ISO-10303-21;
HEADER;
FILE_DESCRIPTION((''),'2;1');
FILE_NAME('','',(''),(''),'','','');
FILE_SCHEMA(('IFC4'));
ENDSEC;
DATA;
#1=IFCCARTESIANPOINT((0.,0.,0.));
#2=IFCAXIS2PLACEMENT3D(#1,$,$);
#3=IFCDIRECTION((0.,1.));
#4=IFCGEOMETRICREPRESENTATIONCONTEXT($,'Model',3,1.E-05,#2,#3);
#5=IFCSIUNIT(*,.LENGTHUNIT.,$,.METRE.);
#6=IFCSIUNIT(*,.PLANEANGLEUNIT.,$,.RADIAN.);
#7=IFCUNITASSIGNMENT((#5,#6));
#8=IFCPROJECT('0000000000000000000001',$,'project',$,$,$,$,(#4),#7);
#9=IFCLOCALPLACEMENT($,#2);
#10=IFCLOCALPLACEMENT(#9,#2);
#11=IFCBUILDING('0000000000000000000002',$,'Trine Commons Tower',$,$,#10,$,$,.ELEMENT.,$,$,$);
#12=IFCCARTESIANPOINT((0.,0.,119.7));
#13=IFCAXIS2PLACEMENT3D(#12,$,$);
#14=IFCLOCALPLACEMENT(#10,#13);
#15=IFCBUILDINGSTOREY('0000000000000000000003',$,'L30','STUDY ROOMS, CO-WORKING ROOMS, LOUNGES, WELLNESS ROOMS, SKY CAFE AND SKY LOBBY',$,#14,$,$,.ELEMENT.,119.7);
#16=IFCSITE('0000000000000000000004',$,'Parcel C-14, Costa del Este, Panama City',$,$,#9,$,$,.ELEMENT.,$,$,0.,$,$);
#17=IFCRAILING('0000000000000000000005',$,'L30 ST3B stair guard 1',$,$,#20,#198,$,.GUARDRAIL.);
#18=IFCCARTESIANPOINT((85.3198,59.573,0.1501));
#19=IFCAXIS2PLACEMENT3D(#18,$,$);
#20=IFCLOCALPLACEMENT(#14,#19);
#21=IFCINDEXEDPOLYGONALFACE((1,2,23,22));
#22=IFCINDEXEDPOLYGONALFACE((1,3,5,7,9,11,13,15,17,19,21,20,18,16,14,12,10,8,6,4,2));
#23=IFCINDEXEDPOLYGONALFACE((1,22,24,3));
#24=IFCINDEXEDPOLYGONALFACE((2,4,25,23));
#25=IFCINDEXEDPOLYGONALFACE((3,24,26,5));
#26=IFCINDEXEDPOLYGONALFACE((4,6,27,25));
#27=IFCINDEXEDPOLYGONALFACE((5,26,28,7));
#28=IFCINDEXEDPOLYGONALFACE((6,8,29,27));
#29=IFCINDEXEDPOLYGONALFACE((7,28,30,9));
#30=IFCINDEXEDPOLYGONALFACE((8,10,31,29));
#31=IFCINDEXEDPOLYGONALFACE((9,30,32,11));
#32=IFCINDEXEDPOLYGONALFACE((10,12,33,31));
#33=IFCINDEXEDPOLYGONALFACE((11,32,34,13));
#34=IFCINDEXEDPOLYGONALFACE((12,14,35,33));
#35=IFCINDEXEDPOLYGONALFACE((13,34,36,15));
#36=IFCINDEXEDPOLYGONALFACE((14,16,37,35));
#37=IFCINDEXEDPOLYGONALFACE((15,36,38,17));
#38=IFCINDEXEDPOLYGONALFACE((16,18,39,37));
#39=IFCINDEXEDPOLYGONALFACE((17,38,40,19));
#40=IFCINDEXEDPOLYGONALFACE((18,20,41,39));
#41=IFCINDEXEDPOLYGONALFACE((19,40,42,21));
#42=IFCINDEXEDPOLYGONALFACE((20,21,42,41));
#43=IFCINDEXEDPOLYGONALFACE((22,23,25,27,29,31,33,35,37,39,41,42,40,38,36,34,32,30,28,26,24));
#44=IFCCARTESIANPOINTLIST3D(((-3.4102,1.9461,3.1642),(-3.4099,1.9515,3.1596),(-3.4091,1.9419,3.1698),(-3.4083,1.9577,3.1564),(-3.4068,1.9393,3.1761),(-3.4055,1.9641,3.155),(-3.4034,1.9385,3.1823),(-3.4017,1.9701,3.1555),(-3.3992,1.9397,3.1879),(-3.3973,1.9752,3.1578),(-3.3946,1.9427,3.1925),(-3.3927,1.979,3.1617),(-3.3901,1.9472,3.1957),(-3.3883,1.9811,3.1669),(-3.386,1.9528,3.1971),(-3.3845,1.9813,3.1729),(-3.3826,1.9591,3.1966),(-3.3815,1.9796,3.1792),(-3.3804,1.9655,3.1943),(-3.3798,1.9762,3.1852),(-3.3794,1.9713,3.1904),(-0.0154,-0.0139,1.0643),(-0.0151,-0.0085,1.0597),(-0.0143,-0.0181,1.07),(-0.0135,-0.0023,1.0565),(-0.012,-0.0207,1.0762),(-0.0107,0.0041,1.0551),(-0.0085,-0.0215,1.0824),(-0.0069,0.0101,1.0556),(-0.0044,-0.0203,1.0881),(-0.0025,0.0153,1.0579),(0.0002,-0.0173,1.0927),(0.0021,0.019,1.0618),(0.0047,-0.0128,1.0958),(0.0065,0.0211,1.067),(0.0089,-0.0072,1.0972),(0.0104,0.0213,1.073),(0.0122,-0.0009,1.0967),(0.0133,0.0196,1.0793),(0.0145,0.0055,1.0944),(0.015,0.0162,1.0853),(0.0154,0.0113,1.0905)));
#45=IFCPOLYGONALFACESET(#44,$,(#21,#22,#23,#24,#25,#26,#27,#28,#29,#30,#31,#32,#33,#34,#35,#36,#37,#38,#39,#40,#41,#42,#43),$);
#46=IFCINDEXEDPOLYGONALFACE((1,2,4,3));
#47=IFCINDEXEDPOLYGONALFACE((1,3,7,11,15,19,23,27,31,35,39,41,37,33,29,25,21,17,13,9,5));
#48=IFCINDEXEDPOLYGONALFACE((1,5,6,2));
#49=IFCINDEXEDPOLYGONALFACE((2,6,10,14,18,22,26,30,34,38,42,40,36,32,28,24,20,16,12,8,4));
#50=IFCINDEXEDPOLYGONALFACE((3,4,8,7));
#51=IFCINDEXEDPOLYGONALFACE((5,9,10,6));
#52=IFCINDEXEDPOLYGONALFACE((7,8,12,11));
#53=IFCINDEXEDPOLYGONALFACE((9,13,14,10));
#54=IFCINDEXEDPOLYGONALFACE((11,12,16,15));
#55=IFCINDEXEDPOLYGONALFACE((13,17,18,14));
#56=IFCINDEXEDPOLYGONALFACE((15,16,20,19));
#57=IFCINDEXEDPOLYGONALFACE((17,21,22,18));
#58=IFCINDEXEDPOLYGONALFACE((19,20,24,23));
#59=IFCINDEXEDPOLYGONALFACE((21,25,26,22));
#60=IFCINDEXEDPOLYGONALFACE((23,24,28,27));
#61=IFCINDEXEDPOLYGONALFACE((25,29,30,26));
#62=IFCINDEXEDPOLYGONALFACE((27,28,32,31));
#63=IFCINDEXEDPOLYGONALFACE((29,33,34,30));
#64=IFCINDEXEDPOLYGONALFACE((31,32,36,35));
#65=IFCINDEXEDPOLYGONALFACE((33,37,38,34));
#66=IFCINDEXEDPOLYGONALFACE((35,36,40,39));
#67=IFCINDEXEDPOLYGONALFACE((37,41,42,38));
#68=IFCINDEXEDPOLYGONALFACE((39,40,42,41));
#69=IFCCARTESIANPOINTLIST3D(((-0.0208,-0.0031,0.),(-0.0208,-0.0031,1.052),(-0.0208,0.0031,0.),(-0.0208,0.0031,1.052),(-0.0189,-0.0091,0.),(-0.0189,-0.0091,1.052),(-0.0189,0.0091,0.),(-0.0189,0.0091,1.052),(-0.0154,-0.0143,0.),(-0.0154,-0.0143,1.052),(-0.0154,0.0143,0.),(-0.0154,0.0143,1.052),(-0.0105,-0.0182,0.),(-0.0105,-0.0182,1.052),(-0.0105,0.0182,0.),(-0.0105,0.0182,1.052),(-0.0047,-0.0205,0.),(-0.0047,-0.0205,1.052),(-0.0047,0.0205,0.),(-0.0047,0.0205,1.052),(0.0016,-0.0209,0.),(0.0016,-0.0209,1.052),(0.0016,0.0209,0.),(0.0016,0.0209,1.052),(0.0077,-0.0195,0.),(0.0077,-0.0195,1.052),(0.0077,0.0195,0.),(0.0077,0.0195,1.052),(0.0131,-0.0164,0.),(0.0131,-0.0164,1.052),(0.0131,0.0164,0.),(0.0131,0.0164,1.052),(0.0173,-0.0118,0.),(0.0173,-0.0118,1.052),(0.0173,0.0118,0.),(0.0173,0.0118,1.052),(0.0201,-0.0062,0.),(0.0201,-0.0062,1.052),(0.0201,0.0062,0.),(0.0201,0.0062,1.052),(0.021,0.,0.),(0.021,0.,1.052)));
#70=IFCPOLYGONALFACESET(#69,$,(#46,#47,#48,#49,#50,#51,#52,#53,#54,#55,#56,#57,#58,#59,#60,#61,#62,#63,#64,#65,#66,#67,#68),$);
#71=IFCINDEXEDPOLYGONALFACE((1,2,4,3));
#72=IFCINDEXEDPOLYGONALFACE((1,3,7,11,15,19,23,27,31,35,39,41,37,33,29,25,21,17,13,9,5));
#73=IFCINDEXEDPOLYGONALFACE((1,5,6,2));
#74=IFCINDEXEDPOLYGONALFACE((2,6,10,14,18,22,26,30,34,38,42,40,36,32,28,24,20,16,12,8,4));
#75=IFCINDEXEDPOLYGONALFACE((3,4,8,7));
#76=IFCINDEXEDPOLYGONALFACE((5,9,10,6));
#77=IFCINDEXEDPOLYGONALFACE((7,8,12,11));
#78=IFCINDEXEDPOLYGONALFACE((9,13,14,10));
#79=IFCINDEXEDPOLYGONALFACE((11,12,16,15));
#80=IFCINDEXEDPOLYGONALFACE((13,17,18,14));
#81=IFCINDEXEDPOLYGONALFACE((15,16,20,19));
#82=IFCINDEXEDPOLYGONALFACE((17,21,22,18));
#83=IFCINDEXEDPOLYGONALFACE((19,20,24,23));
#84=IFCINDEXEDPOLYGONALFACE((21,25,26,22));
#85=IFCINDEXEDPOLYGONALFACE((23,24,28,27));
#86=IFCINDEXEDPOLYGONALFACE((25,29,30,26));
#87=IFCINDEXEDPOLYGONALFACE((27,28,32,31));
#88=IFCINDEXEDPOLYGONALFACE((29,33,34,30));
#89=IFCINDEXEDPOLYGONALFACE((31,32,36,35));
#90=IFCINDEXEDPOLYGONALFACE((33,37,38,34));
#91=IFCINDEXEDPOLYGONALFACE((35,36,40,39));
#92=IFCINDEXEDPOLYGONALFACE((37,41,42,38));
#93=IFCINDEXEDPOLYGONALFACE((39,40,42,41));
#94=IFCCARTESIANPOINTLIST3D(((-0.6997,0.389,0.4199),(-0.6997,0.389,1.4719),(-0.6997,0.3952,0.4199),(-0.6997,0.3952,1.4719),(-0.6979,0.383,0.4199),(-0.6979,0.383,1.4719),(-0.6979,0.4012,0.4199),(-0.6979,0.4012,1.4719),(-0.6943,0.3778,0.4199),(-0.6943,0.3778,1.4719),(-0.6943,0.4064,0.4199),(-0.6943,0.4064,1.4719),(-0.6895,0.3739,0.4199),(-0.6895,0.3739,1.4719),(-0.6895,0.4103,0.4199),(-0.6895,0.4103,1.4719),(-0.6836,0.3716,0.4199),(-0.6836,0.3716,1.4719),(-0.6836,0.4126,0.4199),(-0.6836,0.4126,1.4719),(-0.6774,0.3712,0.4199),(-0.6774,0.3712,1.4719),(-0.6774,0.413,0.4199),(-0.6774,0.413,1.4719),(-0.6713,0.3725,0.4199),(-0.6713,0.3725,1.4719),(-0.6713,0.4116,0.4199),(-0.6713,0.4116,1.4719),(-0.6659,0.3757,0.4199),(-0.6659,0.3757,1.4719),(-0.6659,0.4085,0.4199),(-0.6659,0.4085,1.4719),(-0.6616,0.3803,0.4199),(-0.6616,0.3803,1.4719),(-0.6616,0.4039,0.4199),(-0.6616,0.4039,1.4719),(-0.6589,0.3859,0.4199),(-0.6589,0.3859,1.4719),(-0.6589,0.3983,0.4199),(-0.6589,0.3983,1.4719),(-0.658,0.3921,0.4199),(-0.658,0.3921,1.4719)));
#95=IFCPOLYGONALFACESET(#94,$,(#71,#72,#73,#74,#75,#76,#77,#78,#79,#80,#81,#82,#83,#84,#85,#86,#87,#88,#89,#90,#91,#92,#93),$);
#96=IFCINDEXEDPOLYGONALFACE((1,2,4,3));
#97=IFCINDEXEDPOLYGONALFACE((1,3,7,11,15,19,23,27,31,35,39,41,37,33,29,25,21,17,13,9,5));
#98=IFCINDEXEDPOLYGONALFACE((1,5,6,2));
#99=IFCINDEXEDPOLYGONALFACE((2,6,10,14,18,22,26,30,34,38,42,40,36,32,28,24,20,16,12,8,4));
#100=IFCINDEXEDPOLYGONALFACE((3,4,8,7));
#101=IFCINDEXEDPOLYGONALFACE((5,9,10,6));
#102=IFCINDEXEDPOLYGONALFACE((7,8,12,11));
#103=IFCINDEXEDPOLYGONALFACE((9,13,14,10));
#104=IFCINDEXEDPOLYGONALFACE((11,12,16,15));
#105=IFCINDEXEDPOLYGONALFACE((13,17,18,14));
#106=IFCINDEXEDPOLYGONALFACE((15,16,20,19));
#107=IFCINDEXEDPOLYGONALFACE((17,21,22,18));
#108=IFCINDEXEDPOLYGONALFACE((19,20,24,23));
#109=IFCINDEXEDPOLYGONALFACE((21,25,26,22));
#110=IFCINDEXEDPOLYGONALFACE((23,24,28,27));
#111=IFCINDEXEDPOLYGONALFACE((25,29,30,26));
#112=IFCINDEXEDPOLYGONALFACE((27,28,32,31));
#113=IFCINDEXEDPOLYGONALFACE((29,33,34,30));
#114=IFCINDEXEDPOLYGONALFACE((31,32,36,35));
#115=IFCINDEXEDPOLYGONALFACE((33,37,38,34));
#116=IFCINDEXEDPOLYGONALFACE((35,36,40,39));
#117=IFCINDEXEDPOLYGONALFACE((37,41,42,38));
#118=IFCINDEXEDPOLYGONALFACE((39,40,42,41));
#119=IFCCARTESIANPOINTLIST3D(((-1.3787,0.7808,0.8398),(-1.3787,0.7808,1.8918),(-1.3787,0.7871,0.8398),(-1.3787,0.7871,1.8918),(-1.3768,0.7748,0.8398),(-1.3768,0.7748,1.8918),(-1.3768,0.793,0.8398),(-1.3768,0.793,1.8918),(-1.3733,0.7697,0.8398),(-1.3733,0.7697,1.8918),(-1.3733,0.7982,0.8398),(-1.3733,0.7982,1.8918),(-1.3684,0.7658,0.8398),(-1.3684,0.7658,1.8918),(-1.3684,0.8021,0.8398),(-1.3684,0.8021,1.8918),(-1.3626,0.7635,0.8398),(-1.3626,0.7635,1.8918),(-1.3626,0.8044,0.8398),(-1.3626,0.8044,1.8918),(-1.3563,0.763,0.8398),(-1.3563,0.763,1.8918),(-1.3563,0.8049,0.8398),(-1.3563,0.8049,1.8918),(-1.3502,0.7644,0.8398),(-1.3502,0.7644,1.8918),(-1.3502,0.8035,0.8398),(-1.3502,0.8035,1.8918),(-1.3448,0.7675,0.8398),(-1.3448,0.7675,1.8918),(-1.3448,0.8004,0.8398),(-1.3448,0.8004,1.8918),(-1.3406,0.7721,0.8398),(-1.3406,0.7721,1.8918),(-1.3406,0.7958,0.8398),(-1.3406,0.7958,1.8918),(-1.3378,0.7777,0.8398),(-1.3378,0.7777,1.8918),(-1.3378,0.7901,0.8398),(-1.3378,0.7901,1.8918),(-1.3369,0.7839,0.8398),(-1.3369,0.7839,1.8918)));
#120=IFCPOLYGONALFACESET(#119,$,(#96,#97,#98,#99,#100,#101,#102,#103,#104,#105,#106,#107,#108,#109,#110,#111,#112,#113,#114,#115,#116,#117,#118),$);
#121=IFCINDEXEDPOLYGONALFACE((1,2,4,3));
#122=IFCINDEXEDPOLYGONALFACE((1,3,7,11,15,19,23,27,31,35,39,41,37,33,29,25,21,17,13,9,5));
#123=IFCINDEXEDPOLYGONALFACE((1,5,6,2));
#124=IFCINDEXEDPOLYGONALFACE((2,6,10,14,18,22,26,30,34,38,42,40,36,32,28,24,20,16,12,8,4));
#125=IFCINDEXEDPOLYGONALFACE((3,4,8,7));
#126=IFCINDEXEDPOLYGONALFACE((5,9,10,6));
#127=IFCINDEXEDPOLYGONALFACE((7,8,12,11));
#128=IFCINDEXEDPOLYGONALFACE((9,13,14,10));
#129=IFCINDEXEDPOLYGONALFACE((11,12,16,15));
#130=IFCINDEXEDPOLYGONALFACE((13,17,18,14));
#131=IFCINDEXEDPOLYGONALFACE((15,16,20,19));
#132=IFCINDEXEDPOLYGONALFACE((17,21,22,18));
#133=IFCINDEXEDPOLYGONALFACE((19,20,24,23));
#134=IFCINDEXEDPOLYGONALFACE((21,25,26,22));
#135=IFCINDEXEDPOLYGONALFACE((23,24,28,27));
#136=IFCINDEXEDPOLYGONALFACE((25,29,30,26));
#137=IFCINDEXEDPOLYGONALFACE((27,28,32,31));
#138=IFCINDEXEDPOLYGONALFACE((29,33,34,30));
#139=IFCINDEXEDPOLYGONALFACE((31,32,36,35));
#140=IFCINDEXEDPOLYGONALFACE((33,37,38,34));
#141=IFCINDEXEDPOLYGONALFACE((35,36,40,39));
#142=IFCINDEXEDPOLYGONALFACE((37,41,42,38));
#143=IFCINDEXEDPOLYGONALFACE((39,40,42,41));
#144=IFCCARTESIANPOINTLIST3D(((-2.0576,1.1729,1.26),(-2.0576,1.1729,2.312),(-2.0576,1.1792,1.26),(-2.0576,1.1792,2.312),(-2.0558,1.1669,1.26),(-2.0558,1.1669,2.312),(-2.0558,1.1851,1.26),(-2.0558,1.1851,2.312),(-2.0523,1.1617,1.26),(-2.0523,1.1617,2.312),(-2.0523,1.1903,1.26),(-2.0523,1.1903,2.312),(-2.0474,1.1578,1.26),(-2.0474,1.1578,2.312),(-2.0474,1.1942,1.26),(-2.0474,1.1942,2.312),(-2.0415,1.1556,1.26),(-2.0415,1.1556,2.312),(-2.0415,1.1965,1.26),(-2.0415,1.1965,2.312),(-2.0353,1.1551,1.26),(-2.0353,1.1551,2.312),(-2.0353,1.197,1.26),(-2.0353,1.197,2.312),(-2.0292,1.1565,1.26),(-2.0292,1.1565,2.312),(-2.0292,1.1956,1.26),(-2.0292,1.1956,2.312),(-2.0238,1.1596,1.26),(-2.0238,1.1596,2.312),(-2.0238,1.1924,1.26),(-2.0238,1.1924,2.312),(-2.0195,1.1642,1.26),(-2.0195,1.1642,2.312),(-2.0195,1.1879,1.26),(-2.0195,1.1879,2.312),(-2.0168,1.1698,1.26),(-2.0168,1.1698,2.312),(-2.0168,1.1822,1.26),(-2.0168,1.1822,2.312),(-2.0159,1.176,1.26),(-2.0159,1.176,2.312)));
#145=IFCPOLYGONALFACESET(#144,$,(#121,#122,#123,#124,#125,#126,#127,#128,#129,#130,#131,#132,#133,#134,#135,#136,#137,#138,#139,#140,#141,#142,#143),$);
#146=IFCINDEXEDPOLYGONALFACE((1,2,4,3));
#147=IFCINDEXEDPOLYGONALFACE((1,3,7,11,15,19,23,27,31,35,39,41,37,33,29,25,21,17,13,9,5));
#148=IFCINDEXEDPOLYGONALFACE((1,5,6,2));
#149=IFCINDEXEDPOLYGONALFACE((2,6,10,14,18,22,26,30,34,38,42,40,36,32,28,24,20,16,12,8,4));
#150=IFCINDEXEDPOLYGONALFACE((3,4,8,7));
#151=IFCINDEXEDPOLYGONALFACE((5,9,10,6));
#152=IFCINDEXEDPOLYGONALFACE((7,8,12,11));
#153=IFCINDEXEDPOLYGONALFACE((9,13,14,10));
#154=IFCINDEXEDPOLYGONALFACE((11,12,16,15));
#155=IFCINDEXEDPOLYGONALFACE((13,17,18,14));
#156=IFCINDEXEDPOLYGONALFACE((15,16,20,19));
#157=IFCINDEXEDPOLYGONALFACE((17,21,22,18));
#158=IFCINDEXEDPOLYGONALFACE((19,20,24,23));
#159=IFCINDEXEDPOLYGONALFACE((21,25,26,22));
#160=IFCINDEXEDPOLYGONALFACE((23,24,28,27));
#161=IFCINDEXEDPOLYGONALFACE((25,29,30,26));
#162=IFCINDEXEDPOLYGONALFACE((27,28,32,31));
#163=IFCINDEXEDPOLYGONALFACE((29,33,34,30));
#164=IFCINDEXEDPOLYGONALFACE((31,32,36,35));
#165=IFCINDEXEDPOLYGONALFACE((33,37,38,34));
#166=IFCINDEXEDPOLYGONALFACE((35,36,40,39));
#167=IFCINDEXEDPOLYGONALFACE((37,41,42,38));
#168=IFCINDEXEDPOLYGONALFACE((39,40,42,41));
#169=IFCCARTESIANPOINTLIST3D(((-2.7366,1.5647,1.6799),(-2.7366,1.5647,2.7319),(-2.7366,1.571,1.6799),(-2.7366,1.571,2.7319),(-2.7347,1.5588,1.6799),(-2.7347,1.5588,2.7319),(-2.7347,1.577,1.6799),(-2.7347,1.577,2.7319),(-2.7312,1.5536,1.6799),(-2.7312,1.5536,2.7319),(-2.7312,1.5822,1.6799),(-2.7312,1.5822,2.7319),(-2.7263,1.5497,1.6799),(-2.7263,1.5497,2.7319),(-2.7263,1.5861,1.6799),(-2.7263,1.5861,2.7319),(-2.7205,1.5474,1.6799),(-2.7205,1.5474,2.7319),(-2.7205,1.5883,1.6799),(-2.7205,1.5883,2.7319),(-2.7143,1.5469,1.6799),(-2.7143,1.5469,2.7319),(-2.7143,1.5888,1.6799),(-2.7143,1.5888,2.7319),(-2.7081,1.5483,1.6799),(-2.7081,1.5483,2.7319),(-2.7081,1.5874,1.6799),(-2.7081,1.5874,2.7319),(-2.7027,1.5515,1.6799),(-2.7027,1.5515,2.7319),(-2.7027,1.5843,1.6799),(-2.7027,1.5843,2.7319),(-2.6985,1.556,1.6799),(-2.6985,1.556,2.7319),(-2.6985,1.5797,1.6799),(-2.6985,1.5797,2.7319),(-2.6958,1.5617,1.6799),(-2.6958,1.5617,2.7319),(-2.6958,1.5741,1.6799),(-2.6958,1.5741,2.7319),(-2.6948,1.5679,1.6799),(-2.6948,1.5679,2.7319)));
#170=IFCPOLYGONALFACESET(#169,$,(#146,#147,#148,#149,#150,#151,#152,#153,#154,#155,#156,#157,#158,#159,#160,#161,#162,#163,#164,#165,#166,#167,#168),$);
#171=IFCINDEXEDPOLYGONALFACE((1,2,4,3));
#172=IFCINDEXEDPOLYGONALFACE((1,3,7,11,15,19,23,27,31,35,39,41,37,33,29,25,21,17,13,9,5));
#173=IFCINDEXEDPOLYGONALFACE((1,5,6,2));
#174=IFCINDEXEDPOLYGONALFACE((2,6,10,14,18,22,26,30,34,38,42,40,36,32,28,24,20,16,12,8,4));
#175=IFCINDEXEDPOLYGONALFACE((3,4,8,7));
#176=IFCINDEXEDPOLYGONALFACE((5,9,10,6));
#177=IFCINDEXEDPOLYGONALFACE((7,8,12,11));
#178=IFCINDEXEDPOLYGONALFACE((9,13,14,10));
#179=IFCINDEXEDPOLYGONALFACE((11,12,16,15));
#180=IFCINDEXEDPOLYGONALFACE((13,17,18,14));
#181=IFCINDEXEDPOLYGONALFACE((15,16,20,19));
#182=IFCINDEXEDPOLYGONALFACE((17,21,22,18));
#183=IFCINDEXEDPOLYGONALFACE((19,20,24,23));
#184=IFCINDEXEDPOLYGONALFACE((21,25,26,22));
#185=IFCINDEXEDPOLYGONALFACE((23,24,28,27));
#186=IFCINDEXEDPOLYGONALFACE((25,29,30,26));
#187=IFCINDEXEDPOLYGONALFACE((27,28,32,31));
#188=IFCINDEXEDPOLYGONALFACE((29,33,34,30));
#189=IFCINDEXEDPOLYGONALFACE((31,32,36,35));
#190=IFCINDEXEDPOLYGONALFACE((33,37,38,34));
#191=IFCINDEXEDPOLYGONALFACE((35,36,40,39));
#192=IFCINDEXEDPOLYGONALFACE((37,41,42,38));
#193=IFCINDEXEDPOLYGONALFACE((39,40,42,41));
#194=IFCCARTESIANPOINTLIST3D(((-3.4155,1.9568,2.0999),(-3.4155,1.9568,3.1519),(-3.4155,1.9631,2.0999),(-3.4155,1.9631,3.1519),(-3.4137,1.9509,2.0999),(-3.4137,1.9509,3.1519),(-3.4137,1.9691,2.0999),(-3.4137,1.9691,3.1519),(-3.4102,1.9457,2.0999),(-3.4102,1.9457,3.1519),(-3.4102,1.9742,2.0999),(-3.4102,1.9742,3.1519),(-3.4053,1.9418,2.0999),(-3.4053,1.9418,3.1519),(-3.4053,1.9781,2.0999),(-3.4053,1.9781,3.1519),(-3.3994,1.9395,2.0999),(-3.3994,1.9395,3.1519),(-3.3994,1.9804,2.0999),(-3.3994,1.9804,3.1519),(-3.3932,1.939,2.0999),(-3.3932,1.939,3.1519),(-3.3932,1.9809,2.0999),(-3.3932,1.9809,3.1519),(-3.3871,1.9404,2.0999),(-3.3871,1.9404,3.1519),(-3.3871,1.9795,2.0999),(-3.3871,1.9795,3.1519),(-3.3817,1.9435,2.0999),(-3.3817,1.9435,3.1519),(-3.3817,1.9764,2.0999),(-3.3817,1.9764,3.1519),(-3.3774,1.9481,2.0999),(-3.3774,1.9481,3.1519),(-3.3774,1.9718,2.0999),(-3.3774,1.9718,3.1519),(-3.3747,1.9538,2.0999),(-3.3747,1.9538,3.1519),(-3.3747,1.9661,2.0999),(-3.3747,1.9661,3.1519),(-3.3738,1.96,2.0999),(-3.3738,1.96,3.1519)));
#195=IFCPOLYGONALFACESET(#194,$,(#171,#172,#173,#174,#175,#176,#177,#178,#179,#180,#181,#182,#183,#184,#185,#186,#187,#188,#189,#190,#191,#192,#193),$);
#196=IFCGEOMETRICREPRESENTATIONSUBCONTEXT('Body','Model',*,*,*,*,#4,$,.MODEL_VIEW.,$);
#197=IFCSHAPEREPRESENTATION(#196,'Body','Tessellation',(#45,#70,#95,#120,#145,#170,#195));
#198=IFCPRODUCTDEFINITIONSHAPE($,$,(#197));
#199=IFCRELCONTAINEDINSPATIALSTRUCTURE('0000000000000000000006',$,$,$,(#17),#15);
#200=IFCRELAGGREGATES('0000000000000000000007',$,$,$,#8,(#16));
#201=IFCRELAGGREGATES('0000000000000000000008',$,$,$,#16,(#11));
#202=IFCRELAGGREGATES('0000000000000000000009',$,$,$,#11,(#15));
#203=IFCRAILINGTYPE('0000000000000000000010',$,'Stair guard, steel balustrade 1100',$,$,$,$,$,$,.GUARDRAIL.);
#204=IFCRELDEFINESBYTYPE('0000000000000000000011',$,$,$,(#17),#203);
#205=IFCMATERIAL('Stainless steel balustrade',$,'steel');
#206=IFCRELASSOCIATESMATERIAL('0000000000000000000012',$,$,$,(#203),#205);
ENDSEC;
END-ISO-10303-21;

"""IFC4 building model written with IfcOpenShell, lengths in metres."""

from ifc_helpers import new_model, si_unit, direction, frame, origin, origin_2d, place, context, subcontext, project, spatial, circle, extrude, material, type_object, element, save


model = new_model("IFC4")

# Units and contexts
model_context = context("Model", 3, precision=1e-05, world=origin(), true_north=direction((0.0, 1.0)))
body_context = subcontext(model_context, "Body", "Model", "MODEL_VIEW")
ifc_project = project(units=[si_unit("LENGTHUNIT", "METRE"), si_unit("PLANEANGLEUNIT", "RADIAN")], contexts=[model_context])

# Site, building, storey
site_placement = place(None, origin())
site = spatial("IfcSite", under=ifc_project, at=site_placement, Name="Parcel C-14, Costa del Este, Panama City", CompositionType="ELEMENT", RefElevation=0.0)
building_placement = place(site_placement, origin())
building = spatial("IfcBuilding", under=site, at=building_placement, Name="Trine Commons Tower", CompositionType="ELEMENT")
storey_placement = place(building_placement, frame((0.0, 0.0, 119.7)))
storey = spatial("IfcBuildingStorey", under=building, at=storey_placement, Name="L30", Description="STUDY ROOMS, CO-WORKING ROOMS, LOUNGES, WELLNESS ROOMS, SKY CAFE AND SKY LOBBY", CompositionType="ELEMENT", Elevation=119.7)

# Railing
ifc_material_1 = material(Name="Stainless steel balustrade", Category="steel")
railing_type_1 = type_object("IfcRailingType", Name="Stair guard, steel balustrade 1100", PredefinedType="GUARDRAIL", material=ifc_material_1)
railing_1_placement = place(storey_placement, frame((85.3198, 59.573, 0.1501)))
element("IfcRailing", 1, at=railing_1_placement, inside=storey, type_object=railing_type_1, Name="L30 ST3B stair guard 1", PredefinedType="GUARDRAIL", context=body_context, shape_type="SweptSolid", body=[
    extrude(circle(Radius=0.0239, at=origin_2d()), frame((0.0, 0.0, 1.0762), z_axis=(-0.763395, 0.440743, 0.472201), x_axis=(-0.499997, -0.866027, 0.0)), (0.0, 0.0, 1.0), 4.447),
    extrude(circle(Radius=0.021, at=origin_2d()), origin(), (0.0, 0.0, 1.0), 1.052),
    extrude(circle(Radius=0.021, at=origin_2d()), frame((-0.679, 0.3921, 0.4199)), (0.0, 0.0, 1.0), 1.052),
    extrude(circle(Radius=0.021, at=origin_2d()), frame((-1.3579, 0.7839, 0.8398)), (0.0, 0.0, 1.0), 1.052),
    extrude(circle(Radius=0.021, at=origin_2d()), frame((-2.0369, 1.176, 1.26)), (0.0, 0.0, 1.0), 1.052),
    extrude(circle(Radius=0.021, at=origin_2d()), frame((-2.7158, 1.5679, 1.6799)), (0.0, 0.0, 1.0), 1.052),
    extrude(circle(Radius=0.021, at=origin_2d()), frame((-3.3948, 1.96, 2.0999)), (0.0, 0.0, 1.0), 1.052),
])

save(model, "model.ifc")
